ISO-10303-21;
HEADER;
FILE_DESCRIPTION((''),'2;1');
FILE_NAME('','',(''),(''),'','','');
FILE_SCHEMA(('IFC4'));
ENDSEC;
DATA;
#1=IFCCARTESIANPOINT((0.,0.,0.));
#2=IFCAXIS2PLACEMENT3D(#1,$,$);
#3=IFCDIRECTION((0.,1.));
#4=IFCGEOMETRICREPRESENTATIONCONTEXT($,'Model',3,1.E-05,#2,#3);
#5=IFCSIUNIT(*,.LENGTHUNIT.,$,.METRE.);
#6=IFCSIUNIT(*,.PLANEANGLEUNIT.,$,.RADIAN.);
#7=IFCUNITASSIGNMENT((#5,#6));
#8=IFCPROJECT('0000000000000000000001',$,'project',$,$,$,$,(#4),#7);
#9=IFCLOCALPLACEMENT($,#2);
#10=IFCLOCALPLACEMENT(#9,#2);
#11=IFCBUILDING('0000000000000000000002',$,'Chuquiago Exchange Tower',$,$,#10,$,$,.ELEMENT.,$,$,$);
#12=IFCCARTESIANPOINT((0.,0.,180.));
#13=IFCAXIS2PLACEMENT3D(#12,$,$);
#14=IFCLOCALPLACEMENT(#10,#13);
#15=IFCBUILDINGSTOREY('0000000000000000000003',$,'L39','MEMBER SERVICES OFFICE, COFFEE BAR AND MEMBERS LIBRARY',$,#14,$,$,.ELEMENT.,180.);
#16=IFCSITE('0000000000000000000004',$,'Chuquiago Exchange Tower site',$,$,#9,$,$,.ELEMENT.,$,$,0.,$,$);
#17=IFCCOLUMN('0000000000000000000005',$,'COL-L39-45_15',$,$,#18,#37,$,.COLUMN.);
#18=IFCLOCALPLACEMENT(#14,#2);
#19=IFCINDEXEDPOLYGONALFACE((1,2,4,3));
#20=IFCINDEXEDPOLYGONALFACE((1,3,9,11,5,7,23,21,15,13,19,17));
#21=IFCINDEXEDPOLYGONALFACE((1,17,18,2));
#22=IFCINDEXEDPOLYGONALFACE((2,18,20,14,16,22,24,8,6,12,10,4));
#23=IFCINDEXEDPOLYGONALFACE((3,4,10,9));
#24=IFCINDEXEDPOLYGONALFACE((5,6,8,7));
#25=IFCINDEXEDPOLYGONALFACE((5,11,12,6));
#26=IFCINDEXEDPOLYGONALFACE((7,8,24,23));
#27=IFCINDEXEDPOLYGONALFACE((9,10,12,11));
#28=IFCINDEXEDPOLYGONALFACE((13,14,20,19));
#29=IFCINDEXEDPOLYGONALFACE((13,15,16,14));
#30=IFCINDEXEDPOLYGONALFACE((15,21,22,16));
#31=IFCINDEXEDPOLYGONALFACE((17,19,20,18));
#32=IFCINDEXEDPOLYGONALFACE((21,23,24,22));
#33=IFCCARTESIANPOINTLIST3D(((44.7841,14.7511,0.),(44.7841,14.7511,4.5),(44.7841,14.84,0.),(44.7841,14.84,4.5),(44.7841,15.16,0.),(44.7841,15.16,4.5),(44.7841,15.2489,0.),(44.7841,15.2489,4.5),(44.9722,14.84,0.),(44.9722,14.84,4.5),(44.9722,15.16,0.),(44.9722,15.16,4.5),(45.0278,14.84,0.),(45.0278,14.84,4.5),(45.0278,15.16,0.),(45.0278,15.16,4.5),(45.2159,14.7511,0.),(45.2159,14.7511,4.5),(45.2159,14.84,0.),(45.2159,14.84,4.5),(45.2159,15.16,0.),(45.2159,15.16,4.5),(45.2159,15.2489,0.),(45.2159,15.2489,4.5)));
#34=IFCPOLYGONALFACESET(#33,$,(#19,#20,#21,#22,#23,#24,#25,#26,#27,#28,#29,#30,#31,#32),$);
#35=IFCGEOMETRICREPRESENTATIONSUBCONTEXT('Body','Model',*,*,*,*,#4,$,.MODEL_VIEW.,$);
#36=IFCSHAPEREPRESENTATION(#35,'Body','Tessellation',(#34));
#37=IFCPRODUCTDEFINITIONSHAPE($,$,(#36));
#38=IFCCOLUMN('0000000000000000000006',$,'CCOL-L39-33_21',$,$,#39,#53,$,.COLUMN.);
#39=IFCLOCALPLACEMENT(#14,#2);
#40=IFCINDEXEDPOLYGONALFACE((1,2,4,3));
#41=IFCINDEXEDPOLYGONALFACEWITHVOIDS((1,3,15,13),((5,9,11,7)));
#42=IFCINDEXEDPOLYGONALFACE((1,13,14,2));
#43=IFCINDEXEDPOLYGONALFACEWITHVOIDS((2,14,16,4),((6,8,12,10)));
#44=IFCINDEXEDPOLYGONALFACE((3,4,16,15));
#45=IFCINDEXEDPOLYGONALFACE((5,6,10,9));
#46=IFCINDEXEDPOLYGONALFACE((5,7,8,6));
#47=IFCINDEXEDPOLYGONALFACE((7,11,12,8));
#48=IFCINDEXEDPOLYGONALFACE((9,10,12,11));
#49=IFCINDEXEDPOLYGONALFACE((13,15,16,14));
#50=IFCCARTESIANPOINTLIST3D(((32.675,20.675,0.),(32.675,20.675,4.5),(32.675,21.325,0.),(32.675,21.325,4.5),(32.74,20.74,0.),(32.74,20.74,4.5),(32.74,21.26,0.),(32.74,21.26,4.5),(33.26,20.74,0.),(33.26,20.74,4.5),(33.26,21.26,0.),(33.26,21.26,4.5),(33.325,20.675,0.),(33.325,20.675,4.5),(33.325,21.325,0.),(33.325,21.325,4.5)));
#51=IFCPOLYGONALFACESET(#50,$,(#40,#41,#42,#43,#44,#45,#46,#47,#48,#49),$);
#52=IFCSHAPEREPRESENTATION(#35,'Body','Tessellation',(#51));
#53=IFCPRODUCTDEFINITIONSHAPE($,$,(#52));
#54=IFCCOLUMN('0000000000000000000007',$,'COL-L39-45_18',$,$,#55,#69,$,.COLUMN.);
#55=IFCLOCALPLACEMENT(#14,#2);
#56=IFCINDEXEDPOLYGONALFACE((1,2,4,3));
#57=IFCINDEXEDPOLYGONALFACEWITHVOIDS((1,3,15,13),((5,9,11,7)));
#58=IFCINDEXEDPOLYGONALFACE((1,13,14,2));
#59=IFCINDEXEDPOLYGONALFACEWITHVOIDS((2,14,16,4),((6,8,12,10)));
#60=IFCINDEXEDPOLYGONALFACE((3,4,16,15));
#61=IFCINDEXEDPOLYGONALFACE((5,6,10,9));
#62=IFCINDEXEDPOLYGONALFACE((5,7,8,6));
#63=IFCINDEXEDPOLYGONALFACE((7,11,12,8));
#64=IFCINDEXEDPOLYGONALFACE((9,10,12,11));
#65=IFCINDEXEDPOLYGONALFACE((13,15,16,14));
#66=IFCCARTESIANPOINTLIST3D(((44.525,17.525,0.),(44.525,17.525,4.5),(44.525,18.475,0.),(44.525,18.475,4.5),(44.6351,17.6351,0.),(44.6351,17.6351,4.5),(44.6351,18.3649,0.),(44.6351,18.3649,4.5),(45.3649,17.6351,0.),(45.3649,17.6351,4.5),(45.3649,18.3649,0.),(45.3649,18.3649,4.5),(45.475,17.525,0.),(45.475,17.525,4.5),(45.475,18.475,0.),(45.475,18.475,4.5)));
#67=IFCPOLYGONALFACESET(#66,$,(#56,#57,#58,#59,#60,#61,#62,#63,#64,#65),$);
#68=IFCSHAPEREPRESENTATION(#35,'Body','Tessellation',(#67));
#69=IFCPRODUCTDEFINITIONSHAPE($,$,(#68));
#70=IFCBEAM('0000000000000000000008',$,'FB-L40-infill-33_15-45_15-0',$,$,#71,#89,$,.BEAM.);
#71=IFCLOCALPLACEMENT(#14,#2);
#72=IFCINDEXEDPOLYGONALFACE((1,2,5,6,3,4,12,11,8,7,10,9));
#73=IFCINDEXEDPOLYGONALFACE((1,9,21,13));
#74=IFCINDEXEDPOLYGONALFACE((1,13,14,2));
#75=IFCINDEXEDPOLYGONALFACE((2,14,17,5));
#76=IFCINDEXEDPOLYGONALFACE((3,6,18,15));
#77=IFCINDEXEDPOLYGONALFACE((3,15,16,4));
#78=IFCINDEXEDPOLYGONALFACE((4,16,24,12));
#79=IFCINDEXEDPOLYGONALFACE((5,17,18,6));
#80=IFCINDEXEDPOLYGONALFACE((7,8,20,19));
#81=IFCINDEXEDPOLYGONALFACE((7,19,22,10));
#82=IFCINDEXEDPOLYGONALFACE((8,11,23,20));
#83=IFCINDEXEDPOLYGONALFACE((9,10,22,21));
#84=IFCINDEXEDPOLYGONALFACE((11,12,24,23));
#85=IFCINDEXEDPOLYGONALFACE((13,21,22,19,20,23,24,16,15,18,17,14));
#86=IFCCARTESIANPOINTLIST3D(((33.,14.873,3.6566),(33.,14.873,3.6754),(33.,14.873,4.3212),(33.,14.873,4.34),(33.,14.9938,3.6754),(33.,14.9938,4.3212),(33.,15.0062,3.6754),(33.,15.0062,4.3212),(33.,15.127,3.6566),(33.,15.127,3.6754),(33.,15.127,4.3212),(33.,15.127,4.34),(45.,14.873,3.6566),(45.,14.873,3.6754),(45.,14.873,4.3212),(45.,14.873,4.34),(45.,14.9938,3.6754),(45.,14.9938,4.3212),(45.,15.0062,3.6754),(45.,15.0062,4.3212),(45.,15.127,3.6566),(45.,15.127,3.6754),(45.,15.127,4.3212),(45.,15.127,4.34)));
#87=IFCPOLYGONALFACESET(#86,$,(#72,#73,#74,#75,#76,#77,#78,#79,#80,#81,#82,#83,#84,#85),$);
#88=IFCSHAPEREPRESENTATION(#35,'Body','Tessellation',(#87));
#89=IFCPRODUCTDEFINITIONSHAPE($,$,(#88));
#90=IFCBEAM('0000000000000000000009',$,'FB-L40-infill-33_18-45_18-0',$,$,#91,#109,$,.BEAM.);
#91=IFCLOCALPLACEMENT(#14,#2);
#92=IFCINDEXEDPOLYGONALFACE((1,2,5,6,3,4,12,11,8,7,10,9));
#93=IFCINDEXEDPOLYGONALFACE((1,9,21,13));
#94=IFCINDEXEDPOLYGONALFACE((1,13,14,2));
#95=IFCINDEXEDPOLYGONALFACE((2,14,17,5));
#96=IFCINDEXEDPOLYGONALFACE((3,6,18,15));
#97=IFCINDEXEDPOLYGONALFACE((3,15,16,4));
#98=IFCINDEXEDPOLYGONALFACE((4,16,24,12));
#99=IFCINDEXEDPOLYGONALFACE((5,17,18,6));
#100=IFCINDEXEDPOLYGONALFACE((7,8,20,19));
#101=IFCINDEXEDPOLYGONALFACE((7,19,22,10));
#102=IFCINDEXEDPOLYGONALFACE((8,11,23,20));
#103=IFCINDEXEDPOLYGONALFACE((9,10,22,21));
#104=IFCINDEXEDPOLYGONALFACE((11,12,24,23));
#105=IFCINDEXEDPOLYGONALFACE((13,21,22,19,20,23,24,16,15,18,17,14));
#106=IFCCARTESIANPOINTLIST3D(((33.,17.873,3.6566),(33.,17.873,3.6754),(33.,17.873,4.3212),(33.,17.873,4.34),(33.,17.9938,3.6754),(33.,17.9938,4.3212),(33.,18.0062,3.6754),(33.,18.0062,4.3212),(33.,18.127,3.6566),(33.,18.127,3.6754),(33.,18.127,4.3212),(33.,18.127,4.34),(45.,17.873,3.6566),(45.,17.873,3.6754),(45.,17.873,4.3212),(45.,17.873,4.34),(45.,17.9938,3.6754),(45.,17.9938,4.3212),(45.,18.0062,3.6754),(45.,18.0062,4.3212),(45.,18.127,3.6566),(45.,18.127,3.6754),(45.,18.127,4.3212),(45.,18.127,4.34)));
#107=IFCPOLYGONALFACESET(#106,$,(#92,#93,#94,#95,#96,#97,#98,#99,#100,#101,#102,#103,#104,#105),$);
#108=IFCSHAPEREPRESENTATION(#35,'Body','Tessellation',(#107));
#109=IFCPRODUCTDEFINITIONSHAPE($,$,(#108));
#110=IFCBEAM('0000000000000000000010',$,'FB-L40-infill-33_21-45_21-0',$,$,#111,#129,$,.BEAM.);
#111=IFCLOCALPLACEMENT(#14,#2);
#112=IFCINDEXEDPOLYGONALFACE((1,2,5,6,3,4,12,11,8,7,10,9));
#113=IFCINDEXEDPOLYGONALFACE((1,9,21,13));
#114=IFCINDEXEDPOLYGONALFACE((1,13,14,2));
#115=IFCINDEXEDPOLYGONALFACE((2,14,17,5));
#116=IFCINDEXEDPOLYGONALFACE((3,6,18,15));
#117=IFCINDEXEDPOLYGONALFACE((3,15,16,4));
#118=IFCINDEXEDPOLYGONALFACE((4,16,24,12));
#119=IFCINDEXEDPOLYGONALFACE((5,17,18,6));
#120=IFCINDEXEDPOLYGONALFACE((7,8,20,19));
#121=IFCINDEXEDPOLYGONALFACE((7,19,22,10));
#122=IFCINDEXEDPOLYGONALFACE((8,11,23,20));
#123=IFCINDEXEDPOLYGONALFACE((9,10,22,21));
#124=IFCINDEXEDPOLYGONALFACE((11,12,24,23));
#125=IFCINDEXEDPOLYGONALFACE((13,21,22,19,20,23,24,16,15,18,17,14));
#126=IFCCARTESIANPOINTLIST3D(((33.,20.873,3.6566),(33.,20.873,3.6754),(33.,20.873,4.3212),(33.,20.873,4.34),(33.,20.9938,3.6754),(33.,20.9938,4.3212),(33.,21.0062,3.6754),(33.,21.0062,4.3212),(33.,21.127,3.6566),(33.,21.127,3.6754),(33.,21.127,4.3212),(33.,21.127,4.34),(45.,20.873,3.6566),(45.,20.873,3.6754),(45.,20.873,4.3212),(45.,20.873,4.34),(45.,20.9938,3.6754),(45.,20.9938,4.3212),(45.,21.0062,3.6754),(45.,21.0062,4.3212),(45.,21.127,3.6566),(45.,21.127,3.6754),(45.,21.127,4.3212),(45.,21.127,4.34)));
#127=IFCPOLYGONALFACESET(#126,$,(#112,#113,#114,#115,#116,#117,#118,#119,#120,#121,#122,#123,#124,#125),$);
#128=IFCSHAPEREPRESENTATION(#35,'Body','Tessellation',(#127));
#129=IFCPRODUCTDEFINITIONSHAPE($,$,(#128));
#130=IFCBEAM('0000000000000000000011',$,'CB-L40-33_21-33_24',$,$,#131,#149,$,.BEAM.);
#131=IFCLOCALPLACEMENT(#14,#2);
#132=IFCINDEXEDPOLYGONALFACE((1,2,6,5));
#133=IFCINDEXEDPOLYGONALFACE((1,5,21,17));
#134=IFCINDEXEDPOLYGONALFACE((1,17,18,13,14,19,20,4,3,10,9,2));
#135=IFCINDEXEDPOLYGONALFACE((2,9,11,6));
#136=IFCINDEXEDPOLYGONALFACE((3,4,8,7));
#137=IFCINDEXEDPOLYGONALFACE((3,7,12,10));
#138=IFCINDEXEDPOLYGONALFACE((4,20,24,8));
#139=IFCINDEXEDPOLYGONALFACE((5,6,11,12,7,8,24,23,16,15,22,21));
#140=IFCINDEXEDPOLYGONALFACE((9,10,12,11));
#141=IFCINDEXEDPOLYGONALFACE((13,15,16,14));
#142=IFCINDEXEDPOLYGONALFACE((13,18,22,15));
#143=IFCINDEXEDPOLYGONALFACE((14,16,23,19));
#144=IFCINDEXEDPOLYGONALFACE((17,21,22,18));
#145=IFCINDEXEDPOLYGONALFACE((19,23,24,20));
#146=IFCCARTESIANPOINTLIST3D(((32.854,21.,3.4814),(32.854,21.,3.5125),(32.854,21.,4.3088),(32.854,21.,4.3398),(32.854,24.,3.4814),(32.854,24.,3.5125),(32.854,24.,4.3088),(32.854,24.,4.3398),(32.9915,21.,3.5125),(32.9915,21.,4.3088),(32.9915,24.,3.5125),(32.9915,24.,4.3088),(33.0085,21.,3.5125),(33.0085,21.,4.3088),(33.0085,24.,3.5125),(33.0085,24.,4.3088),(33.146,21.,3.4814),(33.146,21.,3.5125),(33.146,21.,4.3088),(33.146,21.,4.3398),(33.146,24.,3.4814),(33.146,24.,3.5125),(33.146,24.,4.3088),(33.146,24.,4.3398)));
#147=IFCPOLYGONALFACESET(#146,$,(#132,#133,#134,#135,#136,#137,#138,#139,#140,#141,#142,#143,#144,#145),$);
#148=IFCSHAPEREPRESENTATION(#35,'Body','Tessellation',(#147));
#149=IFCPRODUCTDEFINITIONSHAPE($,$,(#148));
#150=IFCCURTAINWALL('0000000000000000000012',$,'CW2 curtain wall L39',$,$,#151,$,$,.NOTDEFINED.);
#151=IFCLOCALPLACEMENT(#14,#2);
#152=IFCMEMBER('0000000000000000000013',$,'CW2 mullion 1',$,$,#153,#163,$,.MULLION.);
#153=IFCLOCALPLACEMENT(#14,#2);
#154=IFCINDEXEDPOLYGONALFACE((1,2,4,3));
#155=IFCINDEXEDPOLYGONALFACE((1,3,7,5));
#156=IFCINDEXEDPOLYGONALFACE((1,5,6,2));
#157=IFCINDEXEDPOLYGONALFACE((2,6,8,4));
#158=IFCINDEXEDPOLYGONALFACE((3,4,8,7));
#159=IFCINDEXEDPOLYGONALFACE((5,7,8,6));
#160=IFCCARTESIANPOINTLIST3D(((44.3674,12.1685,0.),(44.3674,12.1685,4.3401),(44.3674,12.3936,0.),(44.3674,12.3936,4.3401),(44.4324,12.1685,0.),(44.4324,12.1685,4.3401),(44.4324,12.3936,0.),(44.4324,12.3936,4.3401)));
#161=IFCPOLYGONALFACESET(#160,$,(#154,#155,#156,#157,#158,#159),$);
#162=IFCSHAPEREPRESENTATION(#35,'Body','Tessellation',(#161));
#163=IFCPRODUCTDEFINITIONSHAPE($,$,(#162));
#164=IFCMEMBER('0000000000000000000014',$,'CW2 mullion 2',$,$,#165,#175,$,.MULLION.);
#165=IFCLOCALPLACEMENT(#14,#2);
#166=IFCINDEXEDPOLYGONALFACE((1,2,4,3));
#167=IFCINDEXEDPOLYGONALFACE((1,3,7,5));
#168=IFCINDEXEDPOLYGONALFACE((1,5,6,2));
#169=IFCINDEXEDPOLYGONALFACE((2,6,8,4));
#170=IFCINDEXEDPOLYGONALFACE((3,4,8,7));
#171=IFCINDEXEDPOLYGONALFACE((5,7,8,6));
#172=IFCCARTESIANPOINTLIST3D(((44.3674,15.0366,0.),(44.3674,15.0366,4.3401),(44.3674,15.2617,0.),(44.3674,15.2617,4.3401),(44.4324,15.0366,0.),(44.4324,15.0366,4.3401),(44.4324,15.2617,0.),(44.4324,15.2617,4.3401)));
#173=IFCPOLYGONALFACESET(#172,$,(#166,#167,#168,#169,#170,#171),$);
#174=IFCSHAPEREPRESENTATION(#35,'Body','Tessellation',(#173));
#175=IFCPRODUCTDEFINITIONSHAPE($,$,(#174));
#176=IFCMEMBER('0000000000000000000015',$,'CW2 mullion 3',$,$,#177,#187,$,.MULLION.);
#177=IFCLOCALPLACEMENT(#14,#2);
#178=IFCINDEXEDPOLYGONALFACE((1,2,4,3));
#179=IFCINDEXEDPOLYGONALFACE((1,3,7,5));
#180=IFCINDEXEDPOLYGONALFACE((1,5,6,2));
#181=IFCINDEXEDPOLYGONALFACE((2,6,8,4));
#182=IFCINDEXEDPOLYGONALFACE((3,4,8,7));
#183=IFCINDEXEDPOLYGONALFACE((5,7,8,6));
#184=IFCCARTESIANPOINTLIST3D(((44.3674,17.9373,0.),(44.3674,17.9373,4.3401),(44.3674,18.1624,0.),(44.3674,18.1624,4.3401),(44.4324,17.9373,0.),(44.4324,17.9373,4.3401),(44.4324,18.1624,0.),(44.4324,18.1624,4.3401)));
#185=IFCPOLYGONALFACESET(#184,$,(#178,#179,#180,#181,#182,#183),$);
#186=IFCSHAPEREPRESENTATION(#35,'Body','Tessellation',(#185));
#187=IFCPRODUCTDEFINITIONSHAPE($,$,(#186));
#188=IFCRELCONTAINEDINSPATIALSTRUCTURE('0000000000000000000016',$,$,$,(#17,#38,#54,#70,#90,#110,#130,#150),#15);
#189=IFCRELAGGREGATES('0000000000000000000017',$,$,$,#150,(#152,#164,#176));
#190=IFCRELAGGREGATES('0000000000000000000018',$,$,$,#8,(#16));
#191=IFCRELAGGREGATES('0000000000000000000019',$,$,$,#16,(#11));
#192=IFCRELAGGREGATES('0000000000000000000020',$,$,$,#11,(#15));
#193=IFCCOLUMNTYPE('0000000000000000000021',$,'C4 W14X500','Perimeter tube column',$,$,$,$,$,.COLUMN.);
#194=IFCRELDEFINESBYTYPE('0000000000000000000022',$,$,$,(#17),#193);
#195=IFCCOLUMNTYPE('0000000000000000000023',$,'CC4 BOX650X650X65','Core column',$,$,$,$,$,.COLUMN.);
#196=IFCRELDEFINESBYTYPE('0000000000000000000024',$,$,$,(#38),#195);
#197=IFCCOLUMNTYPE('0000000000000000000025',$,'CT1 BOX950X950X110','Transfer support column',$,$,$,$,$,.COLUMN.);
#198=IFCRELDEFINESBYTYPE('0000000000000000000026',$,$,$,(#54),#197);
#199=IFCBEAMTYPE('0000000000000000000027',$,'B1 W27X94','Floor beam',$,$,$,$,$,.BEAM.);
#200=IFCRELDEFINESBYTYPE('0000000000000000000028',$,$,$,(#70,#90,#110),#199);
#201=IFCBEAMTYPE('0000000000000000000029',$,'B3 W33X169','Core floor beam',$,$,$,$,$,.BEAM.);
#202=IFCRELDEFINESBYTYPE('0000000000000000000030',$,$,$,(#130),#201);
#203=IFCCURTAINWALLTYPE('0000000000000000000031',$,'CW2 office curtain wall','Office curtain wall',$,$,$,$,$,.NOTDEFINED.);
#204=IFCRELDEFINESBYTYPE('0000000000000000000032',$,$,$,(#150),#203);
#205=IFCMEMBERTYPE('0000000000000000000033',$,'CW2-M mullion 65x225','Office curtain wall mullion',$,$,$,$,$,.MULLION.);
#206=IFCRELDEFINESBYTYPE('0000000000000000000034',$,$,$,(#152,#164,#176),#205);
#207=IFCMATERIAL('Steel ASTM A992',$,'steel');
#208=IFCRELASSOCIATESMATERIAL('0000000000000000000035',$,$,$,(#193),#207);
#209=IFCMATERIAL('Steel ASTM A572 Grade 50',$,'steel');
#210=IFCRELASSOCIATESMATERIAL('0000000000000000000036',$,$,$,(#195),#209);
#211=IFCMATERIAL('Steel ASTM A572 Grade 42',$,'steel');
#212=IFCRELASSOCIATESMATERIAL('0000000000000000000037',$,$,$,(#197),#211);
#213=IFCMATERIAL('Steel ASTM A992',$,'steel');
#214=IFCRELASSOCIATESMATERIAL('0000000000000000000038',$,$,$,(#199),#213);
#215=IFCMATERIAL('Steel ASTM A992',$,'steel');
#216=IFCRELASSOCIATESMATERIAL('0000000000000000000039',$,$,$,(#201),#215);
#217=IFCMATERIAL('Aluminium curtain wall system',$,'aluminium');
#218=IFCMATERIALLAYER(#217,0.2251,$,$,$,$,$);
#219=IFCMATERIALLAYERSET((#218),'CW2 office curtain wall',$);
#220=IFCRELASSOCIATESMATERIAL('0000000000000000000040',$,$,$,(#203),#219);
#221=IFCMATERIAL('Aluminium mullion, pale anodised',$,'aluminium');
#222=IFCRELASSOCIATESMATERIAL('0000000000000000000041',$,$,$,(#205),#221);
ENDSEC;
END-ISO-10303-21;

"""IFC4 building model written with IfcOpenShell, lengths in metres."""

from ifc_helpers import new_model, si_unit, direction, frame, origin, origin_2d, place, context, subcontext, project, spatial, rectangle, hollow_rectangle, i_section, extrude, material, layer, layer_set, material_profile, profile_set, type_object, element, aggregate, save


model = new_model("IFC4")

# Units and contexts
model_context = context("Model", 3, precision=1e-05, world=origin(), true_north=direction((0.0, 1.0)))
body_context = subcontext(model_context, "Body", "Model", "MODEL_VIEW")
ifc_project = project(units=[si_unit("LENGTHUNIT", "METRE"), si_unit("PLANEANGLEUNIT", "RADIAN")], contexts=[model_context])

# Site, building, storey
site_placement = place(None, origin())
site = spatial("IfcSite", under=ifc_project, at=site_placement, Name="Chuquiago Exchange Tower site", CompositionType="ELEMENT", RefElevation=0.0)
building_placement = place(site_placement, origin())
building = spatial("IfcBuilding", under=site, at=building_placement, Name="Chuquiago Exchange Tower", CompositionType="ELEMENT")
storey_placement = place(building_placement, frame((0.0, 0.0, 180.0)))
storey = spatial("IfcBuildingStorey", under=building, at=storey_placement, Name="L39", Description="MEMBER SERVICES OFFICE, COFFEE BAR AND MEMBERS LIBRARY", CompositionType="ELEMENT", Elevation=180.0)

# Columns
ifc_material_1 = material(Name="Steel ASTM A992", Category="steel")
ifc_material_profile_1 = material_profile(ifc_material_1, i_section(OverallWidth=0.4319, OverallDepth=0.4978, WebThickness=0.0557, FlangeThickness=0.0889, at=origin_2d()), Name="W14X500")
ifc_profile_set_1 = profile_set([ifc_material_profile_1], Name="Steel ASTM A992")
column_type_1 = type_object("IfcColumnType", Name="C4 W14X500", Description="Perimeter tube column", PredefinedType="COLUMN", material=ifc_profile_set_1)
column_1_placement = place(storey_placement, frame((45.0, 15.0, 0.0), z_axis=(0.0, 0.0, 1.0), x_axis=(1.0, 0.0, 0.0)))
element("IfcColumn", 1, at=column_1_placement, inside=storey, type_object=column_type_1, Name="COL-L39-45_15", PredefinedType="COLUMN", context=body_context, shape_type="SweptSolid", body=[
    extrude(i_section(OverallWidth=0.4319, OverallDepth=0.4978, WebThickness=0.0557, FlangeThickness=0.0889, at=origin_2d()), origin(), (0.0, 0.0, 1.0), 4.5),
])
ifc_material_2 = material(Name="Steel ASTM A572 Grade 50", Category="steel")
ifc_material_profile_2 = material_profile(ifc_material_2, hollow_rectangle(XDim=0.6499, YDim=0.6499, WallThickness=0.0649, at=origin_2d()), Name="BOX650X650X65")
ifc_profile_set_2 = profile_set([ifc_material_profile_2], Name="Steel ASTM A572 Grade 50")
column_type_2 = type_object("IfcColumnType", Name="CC4 BOX650X650X65", Description="Core column", PredefinedType="COLUMN", material=ifc_profile_set_2)
column_2_placement = place(storey_placement, frame((33.0, 21.0, 0.0), z_axis=(0.0, 0.0, 1.0), x_axis=(1.0, 0.0, 0.0)))
element("IfcColumn", 2, at=column_2_placement, inside=storey, type_object=column_type_2, Name="CCOL-L39-33_21", PredefinedType="COLUMN", context=body_context, shape_type="SweptSolid", body=[
    extrude(hollow_rectangle(XDim=0.6499, YDim=0.6499, WallThickness=0.0649, at=origin_2d()), origin(), (0.0, 0.0, 1.0), 4.5),
])
ifc_material_3 = material(Name="Steel ASTM A572 Grade 42", Category="steel")
ifc_material_profile_3 = material_profile(ifc_material_3, hollow_rectangle(XDim=0.95, YDim=0.95, WallThickness=0.1101, at=origin_2d()), Name="BOX950X950X110")
ifc_profile_set_3 = profile_set([ifc_material_profile_3], Name="Steel ASTM A572 Grade 42")
column_type_3 = type_object("IfcColumnType", Name="CT1 BOX950X950X110", Description="Transfer support column", PredefinedType="COLUMN", material=ifc_profile_set_3)
column_3_placement = place(storey_placement, frame((45.0, 18.0, 0.0), z_axis=(0.0, 0.0, 1.0), x_axis=(1.0, 0.0, 0.0)))
element("IfcColumn", 3, at=column_3_placement, inside=storey, type_object=column_type_3, Name="COL-L39-45_18", PredefinedType="COLUMN", context=body_context, shape_type="SweptSolid", body=[
    extrude(hollow_rectangle(XDim=0.95, YDim=0.95, WallThickness=0.1101, at=origin_2d()), origin(), (0.0, 0.0, 1.0), 4.5),
])

# Beams
ifc_material_4 = material(Name="Steel ASTM A992", Category="steel")
ifc_material_profile_4 = material_profile(ifc_material_4, i_section(OverallWidth=0.2539, OverallDepth=0.6833, WebThickness=0.0125, FlangeThickness=0.0188, at=origin_2d()), Name="W27X94")
ifc_profile_set_4 = profile_set([ifc_material_profile_4], Name="Steel ASTM A992")
beam_type_1 = type_object("IfcBeamType", Name="B1 W27X94", Description="Floor beam", PredefinedType="BEAM", material=ifc_profile_set_4)
for number, where, z_axis, x_axis, name in (
    (4, (33.0, 15.0, 3.9983), (1.0, 0.0, 0.0), (0.0, 1.0, 0.0), "FB-L40-infill-33_15-45_15-0"),
    (5, (33.0, 18.0, 3.9983), (1.0, 0.0, 0.0), (0.0, 1.0, 0.0), "FB-L40-infill-33_18-45_18-0"),
    (6, (33.0, 21.0, 3.9983), (1.0, 0.0, 0.0), (0.0, 1.0, 0.0), "FB-L40-infill-33_21-45_21-0"),
):
    element("IfcBeam", number, at=place(storey_placement, frame(where, z_axis=z_axis, x_axis=x_axis)), inside=storey, type_object=beam_type_1, Name=name, PredefinedType="BEAM", context=body_context, shape_type="SweptSolid", body=[
        extrude(i_section(OverallWidth=0.2539, OverallDepth=0.6833, WebThickness=0.0125, FlangeThickness=0.0188, at=origin_2d()), origin(), (0.0, 0.0, 1.0), 12.0),
    ])
ifc_material_5 = material(Name="Steel ASTM A992", Category="steel")
ifc_material_profile_5 = material_profile(ifc_material_5, i_section(OverallWidth=0.292, OverallDepth=0.8584, WebThickness=0.0171, FlangeThickness=0.031, at=origin_2d()), Name="W33X169")
ifc_profile_set_5 = profile_set([ifc_material_profile_5], Name="Steel ASTM A992")
beam_type_2 = type_object("IfcBeamType", Name="B3 W33X169", Description="Core floor beam", PredefinedType="BEAM", material=ifc_profile_set_5)
beam_placement = place(storey_placement, frame((33.0, 21.0, 3.9106), z_axis=(0.0, 1.0, 0.0), x_axis=(-1.0, 0.0, 0.0)))
element("IfcBeam", 7, at=beam_placement, inside=storey, type_object=beam_type_2, Name="CB-L40-33_21-33_24", PredefinedType="BEAM", context=body_context, shape_type="SweptSolid", body=[
    extrude(i_section(OverallWidth=0.292, OverallDepth=0.8584, WebThickness=0.0171, FlangeThickness=0.031, at=origin_2d()), origin(), (0.0, 0.0, 1.0), 3.0),
])

# Curtain wall, members
ifc_material_6 = material(Name="Aluminium curtain wall system", Category="aluminium")
ifc_layer_1 = layer(ifc_material_6, 0.2251)
ifc_layer_set_1 = layer_set([ifc_layer_1], Name="CW2 office curtain wall")
curtain_wall_type_1 = type_object("IfcCurtainWallType", Name="CW2 office curtain wall", Description="Office curtain wall", PredefinedType="NOTDEFINED", material=ifc_layer_set_1)
curtain_wall_1_placement = place(storey_placement, origin())
curtain_wall_1 = element("IfcCurtainWall", 8, at=curtain_wall_1_placement, inside=storey, type_object=curtain_wall_type_1, Name="CW2 curtain wall L39", PredefinedType="NOTDEFINED")
ifc_material_7 = material(Name="Aluminium mullion, pale anodised", Category="aluminium")
ifc_material_profile_6 = material_profile(ifc_material_7, rectangle(XDim=0.0649, YDim=0.2251, at=origin_2d()), Name="AL 65x225")
ifc_profile_set_6 = profile_set([ifc_material_profile_6], Name="Aluminium mullion, pale anodised")
member_type_1 = type_object("IfcMemberType", Name="CW2-M mullion 65x225", Description="Office curtain wall mullion", PredefinedType="MULLION", material=ifc_profile_set_6)
member_1_placement = place(storey_placement, frame((44.3999, 12.281, 0.0), z_axis=(0.0, 0.0, 1.0), x_axis=(-1.0, 0.0, 0.0)))
member_1 = element("IfcMember", 9, at=member_1_placement, type_object=member_type_1, Name="CW2 mullion 1", PredefinedType="MULLION", context=body_context, shape_type="SweptSolid", body=[
    extrude(rectangle(XDim=0.0649, YDim=0.2251, at=origin_2d()), origin(), (0.0, 0.0, 1.0), 4.3401),
])
member_2_placement = place(storey_placement, frame((44.3999, 15.1492, 0.0), z_axis=(0.0, 0.0, 1.0), x_axis=(-1.0, 0.0, 0.0)))
member_2 = element("IfcMember", 10, at=member_2_placement, type_object=member_type_1, Name="CW2 mullion 2", PredefinedType="MULLION", context=body_context, shape_type="SweptSolid", body=[
    extrude(rectangle(XDim=0.0649, YDim=0.2251, at=origin_2d()), origin(), (0.0, 0.0, 1.0), 4.3401),
])
member_3_placement = place(storey_placement, frame((44.3999, 18.0498, 0.0), z_axis=(0.0, 0.0, 1.0), x_axis=(-1.0, 0.0, 0.0)))
member_3 = element("IfcMember", 11, at=member_3_placement, type_object=member_type_1, Name="CW2 mullion 3", PredefinedType="MULLION", context=body_context, shape_type="SweptSolid", body=[
    extrude(rectangle(XDim=0.0649, YDim=0.2251, at=origin_2d()), origin(), (0.0, 0.0, 1.0), 4.3401),
])

aggregate(curtain_wall_1, [member_1, member_2, member_3])

save(model, "model.ifc")
